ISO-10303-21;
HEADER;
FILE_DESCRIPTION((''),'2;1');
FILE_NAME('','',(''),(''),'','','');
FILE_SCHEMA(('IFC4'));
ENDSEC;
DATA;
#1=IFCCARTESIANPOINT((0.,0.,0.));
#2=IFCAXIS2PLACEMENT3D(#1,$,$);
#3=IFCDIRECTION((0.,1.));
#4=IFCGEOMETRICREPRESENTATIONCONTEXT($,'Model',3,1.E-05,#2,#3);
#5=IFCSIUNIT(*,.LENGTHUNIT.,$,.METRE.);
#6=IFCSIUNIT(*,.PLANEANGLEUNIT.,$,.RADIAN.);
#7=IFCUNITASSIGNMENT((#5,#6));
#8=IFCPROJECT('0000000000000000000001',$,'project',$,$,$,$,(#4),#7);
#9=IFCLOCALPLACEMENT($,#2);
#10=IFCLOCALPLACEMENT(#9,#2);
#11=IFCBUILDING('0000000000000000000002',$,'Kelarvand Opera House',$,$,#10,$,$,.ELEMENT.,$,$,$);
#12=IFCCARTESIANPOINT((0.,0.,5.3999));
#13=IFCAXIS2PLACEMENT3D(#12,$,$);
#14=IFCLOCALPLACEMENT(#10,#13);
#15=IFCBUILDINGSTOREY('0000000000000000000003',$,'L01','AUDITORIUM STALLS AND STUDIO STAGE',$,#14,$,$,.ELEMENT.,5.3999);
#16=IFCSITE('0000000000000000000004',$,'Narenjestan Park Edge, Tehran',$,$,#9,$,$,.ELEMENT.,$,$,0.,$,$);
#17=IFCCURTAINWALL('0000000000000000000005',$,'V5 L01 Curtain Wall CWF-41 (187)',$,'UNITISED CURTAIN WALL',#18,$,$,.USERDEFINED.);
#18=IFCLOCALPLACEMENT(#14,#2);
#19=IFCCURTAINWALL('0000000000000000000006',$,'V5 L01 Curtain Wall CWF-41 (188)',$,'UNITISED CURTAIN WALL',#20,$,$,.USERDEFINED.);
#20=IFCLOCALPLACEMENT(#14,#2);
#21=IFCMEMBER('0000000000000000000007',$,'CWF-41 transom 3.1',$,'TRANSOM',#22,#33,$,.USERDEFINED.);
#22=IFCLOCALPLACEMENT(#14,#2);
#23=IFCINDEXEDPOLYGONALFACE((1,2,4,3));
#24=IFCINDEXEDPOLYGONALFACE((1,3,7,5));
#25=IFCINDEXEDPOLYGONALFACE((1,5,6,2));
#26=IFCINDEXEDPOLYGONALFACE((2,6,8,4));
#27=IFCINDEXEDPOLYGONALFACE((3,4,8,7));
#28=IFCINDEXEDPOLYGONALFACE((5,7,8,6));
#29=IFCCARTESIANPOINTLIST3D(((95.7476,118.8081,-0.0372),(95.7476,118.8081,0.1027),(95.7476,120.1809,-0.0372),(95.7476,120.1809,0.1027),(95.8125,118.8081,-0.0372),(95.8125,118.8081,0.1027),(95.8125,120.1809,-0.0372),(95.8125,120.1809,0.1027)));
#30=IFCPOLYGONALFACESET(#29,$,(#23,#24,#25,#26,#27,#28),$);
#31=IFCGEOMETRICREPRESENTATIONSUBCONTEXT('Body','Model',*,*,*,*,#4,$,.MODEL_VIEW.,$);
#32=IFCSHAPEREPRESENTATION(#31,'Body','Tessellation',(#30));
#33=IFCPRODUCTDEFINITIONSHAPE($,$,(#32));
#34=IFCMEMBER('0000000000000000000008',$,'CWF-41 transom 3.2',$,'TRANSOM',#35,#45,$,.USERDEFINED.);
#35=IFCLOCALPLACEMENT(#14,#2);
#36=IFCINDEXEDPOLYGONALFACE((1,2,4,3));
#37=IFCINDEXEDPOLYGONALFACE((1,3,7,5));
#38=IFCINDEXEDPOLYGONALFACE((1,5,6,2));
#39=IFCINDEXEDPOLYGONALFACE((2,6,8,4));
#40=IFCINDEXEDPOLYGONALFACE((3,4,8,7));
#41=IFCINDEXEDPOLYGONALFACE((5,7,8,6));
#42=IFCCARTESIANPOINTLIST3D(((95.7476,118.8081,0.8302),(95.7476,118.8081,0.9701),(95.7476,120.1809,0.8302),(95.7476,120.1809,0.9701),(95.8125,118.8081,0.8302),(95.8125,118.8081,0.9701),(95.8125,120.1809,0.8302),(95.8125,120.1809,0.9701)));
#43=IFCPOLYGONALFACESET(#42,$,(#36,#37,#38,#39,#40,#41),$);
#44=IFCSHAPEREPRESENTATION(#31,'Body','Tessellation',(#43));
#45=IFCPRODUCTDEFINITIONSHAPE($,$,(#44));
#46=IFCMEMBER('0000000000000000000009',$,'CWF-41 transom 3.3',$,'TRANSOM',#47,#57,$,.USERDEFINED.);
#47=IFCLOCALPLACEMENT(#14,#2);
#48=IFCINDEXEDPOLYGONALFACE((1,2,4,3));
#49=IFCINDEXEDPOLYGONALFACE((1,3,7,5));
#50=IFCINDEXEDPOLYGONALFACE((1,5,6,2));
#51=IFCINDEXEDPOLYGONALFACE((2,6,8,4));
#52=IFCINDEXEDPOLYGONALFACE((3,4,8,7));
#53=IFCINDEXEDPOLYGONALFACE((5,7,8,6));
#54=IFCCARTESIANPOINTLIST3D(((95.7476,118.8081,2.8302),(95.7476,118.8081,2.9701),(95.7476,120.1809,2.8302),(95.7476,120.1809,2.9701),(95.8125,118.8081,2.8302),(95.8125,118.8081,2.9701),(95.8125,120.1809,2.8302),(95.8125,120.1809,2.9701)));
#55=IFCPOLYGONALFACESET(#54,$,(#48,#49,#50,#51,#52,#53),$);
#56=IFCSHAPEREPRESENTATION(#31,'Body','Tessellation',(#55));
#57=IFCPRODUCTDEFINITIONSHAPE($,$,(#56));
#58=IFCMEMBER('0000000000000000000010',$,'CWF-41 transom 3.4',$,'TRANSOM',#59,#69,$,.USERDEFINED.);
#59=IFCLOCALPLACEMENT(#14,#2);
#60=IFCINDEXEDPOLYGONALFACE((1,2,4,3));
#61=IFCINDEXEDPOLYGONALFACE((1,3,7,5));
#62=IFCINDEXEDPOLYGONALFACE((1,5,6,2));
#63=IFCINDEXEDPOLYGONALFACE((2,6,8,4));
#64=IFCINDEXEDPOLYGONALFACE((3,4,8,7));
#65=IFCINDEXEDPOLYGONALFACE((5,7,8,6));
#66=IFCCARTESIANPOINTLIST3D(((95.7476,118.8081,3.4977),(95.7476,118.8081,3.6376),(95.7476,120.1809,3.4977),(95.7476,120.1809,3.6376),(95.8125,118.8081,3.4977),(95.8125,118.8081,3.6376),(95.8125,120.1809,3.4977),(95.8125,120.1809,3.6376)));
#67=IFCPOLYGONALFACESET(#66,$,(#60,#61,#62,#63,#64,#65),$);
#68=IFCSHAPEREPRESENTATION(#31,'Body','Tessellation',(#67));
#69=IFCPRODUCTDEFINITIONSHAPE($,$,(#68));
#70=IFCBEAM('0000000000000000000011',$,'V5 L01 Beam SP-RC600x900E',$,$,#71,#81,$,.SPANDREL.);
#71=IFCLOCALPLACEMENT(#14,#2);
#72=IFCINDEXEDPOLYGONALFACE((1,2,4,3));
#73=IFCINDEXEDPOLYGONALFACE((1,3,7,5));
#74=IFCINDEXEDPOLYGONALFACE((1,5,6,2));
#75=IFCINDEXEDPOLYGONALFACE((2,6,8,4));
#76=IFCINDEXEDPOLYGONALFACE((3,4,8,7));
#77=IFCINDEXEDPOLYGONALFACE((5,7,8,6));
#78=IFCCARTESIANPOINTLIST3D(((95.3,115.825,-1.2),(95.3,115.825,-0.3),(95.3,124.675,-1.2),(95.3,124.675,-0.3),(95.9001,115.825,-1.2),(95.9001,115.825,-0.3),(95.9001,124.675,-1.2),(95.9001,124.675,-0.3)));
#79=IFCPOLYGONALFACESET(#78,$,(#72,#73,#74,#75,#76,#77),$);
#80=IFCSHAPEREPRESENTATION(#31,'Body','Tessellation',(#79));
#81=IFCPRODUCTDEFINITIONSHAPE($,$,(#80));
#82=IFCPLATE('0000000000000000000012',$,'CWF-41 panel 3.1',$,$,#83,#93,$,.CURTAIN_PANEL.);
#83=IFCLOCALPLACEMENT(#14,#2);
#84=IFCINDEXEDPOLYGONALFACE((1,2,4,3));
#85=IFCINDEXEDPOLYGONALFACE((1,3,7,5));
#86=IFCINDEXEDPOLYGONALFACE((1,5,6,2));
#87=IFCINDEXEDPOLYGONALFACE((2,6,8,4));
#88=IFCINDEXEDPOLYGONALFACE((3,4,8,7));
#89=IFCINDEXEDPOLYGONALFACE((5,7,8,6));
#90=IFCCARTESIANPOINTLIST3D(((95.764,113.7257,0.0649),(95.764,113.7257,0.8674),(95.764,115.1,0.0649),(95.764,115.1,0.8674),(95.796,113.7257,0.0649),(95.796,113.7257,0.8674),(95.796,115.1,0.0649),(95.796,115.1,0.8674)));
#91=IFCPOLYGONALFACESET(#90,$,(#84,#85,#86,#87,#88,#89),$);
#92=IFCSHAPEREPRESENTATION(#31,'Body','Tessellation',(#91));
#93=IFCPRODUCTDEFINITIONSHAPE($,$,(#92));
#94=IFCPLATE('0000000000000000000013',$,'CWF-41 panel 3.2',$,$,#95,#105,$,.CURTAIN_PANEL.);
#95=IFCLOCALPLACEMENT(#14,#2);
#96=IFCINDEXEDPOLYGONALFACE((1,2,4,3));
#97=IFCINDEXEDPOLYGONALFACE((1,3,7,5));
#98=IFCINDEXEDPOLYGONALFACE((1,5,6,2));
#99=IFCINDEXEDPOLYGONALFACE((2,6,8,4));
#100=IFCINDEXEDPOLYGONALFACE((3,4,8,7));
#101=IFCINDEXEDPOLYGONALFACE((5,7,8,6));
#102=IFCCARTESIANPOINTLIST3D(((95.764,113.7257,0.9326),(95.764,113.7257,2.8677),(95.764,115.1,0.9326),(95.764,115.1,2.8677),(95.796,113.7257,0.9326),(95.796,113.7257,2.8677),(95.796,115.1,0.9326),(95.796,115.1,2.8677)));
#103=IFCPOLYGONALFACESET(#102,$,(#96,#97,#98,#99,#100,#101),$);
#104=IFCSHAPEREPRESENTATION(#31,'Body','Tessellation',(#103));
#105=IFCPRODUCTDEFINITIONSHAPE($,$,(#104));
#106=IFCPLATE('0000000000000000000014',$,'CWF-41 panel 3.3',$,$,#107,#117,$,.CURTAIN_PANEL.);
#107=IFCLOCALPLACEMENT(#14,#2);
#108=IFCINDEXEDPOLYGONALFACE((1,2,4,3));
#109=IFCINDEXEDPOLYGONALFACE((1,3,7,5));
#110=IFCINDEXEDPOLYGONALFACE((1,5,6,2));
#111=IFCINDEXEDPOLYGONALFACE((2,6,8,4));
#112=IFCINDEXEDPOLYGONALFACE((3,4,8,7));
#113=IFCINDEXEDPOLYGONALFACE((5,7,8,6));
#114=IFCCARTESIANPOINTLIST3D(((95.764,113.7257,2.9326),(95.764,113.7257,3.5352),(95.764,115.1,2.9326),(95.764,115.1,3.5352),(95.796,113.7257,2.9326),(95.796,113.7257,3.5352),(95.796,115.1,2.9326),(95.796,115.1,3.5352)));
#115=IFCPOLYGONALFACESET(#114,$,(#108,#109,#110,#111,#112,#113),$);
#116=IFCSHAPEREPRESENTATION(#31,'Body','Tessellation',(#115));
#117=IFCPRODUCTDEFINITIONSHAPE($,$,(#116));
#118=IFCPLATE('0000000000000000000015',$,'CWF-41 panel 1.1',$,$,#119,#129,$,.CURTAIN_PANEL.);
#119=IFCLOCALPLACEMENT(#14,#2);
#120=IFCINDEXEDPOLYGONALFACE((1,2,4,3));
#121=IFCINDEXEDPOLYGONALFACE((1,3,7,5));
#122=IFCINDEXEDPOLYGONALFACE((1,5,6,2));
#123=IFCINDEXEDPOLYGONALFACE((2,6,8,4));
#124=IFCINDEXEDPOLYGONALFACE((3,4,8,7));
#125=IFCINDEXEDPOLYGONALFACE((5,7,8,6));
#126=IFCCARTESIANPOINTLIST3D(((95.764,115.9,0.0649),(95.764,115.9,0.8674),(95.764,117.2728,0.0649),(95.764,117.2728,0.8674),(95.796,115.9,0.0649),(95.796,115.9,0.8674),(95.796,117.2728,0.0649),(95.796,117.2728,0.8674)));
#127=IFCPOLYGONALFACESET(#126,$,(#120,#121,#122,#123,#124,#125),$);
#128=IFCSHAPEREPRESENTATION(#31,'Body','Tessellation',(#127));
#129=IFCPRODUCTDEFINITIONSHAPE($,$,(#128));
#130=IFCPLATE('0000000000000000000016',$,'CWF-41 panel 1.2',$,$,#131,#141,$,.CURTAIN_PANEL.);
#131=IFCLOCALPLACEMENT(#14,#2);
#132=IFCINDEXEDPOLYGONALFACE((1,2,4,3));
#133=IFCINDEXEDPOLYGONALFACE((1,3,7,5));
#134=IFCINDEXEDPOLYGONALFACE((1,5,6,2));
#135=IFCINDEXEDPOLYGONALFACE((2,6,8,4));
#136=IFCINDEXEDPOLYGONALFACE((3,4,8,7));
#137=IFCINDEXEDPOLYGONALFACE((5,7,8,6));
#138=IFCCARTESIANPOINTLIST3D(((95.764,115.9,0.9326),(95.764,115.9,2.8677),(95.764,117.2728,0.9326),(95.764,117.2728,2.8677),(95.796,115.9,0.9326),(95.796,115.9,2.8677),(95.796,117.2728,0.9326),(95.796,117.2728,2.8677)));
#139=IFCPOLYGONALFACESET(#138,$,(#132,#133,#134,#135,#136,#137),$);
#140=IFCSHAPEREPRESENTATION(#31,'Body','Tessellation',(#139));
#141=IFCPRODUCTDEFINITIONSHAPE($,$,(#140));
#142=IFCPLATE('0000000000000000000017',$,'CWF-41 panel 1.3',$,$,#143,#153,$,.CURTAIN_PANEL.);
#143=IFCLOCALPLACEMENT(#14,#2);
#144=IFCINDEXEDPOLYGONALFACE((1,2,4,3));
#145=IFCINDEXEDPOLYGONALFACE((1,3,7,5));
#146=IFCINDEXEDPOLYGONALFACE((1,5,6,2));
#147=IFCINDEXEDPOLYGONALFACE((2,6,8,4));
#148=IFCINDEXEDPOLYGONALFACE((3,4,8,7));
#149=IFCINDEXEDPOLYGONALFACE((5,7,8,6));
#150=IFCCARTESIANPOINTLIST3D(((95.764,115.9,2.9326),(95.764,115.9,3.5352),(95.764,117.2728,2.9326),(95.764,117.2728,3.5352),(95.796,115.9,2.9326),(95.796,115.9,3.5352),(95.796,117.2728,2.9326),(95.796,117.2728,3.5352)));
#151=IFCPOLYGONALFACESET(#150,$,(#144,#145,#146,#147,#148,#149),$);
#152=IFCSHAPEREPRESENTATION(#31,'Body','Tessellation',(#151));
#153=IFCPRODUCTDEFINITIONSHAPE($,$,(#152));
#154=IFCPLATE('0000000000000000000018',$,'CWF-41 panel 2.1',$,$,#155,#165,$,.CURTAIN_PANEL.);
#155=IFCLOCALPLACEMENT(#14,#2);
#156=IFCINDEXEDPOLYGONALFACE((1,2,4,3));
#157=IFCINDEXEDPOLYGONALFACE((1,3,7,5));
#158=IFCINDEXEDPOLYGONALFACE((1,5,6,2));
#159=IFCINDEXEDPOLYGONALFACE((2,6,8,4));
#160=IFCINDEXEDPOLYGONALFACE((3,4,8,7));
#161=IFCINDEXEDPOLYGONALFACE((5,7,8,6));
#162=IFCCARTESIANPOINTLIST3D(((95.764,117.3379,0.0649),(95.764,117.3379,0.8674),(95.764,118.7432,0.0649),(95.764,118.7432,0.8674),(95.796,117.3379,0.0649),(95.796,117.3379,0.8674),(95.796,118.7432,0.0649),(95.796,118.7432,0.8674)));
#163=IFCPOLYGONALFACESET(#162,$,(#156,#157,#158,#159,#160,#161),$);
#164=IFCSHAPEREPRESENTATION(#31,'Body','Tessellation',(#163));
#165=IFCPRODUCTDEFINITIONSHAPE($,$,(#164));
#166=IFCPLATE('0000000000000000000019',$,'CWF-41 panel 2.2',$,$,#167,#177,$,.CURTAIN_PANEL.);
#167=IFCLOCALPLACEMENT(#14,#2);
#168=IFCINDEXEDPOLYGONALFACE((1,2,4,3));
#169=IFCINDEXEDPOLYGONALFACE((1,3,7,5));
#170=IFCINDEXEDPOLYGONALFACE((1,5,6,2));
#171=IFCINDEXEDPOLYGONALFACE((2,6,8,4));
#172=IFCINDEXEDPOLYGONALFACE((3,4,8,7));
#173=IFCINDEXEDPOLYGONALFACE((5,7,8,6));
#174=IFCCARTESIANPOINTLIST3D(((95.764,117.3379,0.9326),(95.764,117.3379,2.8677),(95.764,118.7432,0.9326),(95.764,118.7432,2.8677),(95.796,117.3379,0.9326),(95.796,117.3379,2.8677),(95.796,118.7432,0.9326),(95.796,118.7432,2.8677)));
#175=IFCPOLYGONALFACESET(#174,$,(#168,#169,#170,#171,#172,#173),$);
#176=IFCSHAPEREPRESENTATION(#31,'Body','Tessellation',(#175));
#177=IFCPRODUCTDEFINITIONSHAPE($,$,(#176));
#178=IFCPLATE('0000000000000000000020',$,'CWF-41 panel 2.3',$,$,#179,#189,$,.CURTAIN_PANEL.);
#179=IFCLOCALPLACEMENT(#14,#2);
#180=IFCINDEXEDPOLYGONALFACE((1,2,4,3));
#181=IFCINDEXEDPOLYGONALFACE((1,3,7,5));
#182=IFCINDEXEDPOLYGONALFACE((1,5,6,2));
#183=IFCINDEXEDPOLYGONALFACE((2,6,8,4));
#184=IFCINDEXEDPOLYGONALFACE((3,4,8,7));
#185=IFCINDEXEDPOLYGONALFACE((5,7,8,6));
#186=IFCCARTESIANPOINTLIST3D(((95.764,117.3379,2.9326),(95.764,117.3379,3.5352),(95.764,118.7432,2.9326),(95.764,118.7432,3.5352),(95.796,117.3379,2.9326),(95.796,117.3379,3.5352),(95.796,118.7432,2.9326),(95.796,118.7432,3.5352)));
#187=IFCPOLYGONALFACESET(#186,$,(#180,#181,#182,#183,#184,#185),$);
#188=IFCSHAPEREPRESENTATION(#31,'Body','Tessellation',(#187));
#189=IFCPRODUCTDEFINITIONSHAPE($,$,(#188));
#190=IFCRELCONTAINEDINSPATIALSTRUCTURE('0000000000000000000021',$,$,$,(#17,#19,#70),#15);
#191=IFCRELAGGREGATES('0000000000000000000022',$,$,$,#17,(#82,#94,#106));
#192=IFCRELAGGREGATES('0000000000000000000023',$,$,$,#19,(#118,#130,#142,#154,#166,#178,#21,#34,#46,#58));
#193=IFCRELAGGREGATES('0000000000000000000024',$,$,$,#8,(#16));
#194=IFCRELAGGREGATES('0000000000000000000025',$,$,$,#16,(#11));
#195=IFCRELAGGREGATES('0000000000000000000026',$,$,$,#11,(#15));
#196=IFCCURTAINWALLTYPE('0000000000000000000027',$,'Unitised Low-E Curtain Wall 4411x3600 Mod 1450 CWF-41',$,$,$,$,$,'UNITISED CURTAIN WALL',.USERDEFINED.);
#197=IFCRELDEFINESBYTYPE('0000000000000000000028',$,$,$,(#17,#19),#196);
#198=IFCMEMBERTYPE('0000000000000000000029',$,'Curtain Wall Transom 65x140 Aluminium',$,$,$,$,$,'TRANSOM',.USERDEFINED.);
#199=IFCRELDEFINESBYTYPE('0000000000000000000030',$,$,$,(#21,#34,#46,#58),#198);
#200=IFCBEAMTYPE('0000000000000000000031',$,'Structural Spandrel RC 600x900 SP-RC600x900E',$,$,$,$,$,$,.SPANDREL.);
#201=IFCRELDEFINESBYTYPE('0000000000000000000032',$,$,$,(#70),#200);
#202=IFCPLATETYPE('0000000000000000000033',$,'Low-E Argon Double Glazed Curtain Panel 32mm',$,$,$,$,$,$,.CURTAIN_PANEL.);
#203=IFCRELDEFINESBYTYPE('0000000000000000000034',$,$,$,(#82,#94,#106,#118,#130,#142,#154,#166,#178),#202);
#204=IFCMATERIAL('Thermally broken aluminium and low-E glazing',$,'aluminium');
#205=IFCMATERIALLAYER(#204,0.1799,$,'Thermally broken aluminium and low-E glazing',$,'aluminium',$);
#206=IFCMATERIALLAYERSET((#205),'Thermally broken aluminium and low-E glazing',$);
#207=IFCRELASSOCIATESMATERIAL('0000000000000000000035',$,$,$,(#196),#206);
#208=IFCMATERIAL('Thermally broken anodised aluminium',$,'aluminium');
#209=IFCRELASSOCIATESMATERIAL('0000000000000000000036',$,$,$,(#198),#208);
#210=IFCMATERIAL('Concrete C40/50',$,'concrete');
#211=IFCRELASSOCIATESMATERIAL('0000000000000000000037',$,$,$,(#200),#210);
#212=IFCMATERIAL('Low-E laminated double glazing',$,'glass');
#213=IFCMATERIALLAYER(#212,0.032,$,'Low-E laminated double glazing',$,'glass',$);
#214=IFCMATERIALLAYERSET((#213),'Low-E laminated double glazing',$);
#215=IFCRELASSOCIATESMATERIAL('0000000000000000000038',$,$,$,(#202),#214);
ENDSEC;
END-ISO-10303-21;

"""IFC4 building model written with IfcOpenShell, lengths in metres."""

from ifc_helpers import new_model, si_unit, direction, frame, origin, origin_2d, place, context, subcontext, project, spatial, rectangle, extrude, material, layer, layer_set, material_profile, profile_set, type_object, element, aggregate, save


model = new_model("IFC4")

# Units and contexts
model_context = context("Model", 3, precision=1e-05, world=origin(), true_north=direction((0.0, 1.0)))
body_context = subcontext(model_context, "Body", "Model", "MODEL_VIEW")
ifc_project = project(units=[si_unit("LENGTHUNIT", "METRE"), si_unit("PLANEANGLEUNIT", "RADIAN")], contexts=[model_context])

# Site, building, storey
site_placement = place(None, origin())
site = spatial("IfcSite", under=ifc_project, at=site_placement, Name="Narenjestan Park Edge, Tehran", CompositionType="ELEMENT", RefElevation=0.0)
building_placement = place(site_placement, origin())
building = spatial("IfcBuilding", under=site, at=building_placement, Name="Kelarvand Opera House", CompositionType="ELEMENT")
storey_placement = place(building_placement, frame((0.0, 0.0, 5.3999)))
storey = spatial("IfcBuildingStorey", under=building, at=storey_placement, Name="L01", Description="AUDITORIUM STALLS AND STUDIO STAGE", CompositionType="ELEMENT", Elevation=5.3999)

# Shared definitions
ifc_material_1 = material(Name="Concrete C40/50", Category="concrete")

# Curtain wall
ifc_material_2 = material(Name="Thermally broken aluminium and low-E glazing", Category="aluminium")
ifc_layer_1 = layer(ifc_material_2, 0.1799, Name="Thermally broken aluminium and low-E glazing", Category="aluminium")
ifc_layer_set_1 = layer_set([ifc_layer_1], Name="Thermally broken aluminium and low-E glazing")
curtain_wall_type = type_object("IfcCurtainWallType", Name="Unitised Low-E Curtain Wall 4411x3600 Mod 1450 CWF-41", ElementType="UNITISED CURTAIN WALL", PredefinedType="USERDEFINED", material=ifc_layer_set_1)
curtain_wall_1_placement = place(storey_placement, origin())
curtain_wall_1 = element("IfcCurtainWall", 1, at=curtain_wall_1_placement, inside=storey, type_object=curtain_wall_type, Name="V5 L01 Curtain Wall CWF-41 (187)", ObjectType="UNITISED CURTAIN WALL", PredefinedType="USERDEFINED")
ifc_material_3 = material(Name="Thermally broken anodised aluminium", Category="aluminium")

# Curtain wall
curtain_wall_2_placement = place(storey_placement, origin())
curtain_wall_2 = element("IfcCurtainWall", 2, at=curtain_wall_2_placement, inside=storey, type_object=curtain_wall_type, Name="V5 L01 Curtain Wall CWF-41 (188)", ObjectType="UNITISED CURTAIN WALL", PredefinedType="USERDEFINED")

# Members
ifc_material_profile_1 = material_profile(ifc_material_3, rectangle(XDim=0.0649, YDim=0.1399, at=origin_2d()), Name="ALU TRANSOM 65x140", Category="aluminium")
ifc_profile_set_1 = profile_set([ifc_material_profile_1], Name="Thermally broken anodised aluminium")
member_type_1 = type_object("IfcMemberType", Name="Curtain Wall Transom 65x140 Aluminium", ElementType="TRANSOM", PredefinedType="USERDEFINED", material=ifc_profile_set_1)
member_1_placement = place(storey_placement, frame((95.78, 118.8081, 0.0327), z_axis=(0.0, 1.0, 0.0), x_axis=(-1.0, 0.0, 0.0)))
member_1 = element("IfcMember", 3, at=member_1_placement, type_object=member_type_1, Name="CWF-41 transom 3.1", ObjectType="TRANSOM", PredefinedType="USERDEFINED", context=body_context, shape_type="SweptSolid", body=[
    extrude(rectangle(XDim=0.0649, YDim=0.1399, at=origin_2d()), origin(), (0.0, 0.0, 1.0), 1.3728),
])
member_2_placement = place(storey_placement, frame((95.78, 118.8081, 0.9001), z_axis=(0.0, 1.0, 0.0), x_axis=(-1.0, 0.0, 0.0)))
member_2 = element("IfcMember", 4, at=member_2_placement, type_object=member_type_1, Name="CWF-41 transom 3.2", ObjectType="TRANSOM", PredefinedType="USERDEFINED", context=body_context, shape_type="SweptSolid", body=[
    extrude(rectangle(XDim=0.0649, YDim=0.1399, at=origin_2d()), origin(), (0.0, 0.0, 1.0), 1.3728),
])
member_3_placement = place(storey_placement, frame((95.78, 118.8081, 2.9001), z_axis=(0.0, 1.0, 0.0), x_axis=(-1.0, 0.0, 0.0)))
member_3 = element("IfcMember", 5, at=member_3_placement, type_object=member_type_1, Name="CWF-41 transom 3.3", ObjectType="TRANSOM", PredefinedType="USERDEFINED", context=body_context, shape_type="SweptSolid", body=[
    extrude(rectangle(XDim=0.0649, YDim=0.1399, at=origin_2d()), origin(), (0.0, 0.0, 1.0), 1.3728),
])
member_4_placement = place(storey_placement, frame((95.78, 118.8081, 3.5676), z_axis=(0.0, 1.0, 0.0), x_axis=(-1.0, 0.0, 0.0)))
member_4 = element("IfcMember", 6, at=member_4_placement, type_object=member_type_1, Name="CWF-41 transom 3.4", ObjectType="TRANSOM", PredefinedType="USERDEFINED", context=body_context, shape_type="SweptSolid", body=[
    extrude(rectangle(XDim=0.0649, YDim=0.1399, at=origin_2d()), origin(), (0.0, 0.0, 1.0), 1.3728),
])

# Beam
ifc_material_profile_2 = material_profile(ifc_material_1, rectangle(XDim=0.6001, YDim=0.8999, at=origin_2d()), Name="RC 600x900", Category="concrete")
ifc_profile_set_2 = profile_set([ifc_material_profile_2], Name="Concrete C40/50")
beam_type = type_object("IfcBeamType", Name="Structural Spandrel RC 600x900 SP-RC600x900E", PredefinedType="SPANDREL", material=ifc_profile_set_2)
beam_placement = place(storey_placement, frame((95.6001, 115.825, -0.75), z_axis=(0.0, 1.0, 0.0), x_axis=(-1.0, 0.0, 0.0)))
element("IfcBeam", 7, at=beam_placement, inside=storey, type_object=beam_type, Name="V5 L01 Beam SP-RC600x900E", PredefinedType="SPANDREL", context=body_context, shape_type="SweptSolid", body=[
    extrude(rectangle(XDim=0.6001, YDim=0.8999, at=origin_2d()), origin(), (0.0, 0.0, 1.0), 8.8501),
])

# Plates
ifc_material_4 = material(Name="Low-E laminated double glazing", Category="glass")
ifc_layer_2 = layer(ifc_material_4, 0.032, Name="Low-E laminated double glazing", Category="glass")
ifc_layer_set_2 = layer_set([ifc_layer_2], Name="Low-E laminated double glazing")
plate_type = type_object("IfcPlateType", Name="Low-E Argon Double Glazed Curtain Panel 32mm", PredefinedType="CURTAIN_PANEL", material=ifc_layer_set_2)
plate_1_placement = place(storey_placement, frame((95.78, 114.4128, 0.0649), z_axis=(0.0, 0.0, 1.0), x_axis=(0.0, 1.0, 0.0)))
plate_1 = element("IfcPlate", 8, at=plate_1_placement, type_object=plate_type, Name="CWF-41 panel 3.1", PredefinedType="CURTAIN_PANEL", context=body_context, shape_type="SweptSolid", body=[
    extrude(rectangle(XDim=1.3743, YDim=0.032, at=origin_2d()), origin(), (0.0, 0.0, 1.0), 0.8025),
])
plate_2_placement = place(storey_placement, frame((95.78, 114.4128, 0.9326), z_axis=(0.0, 0.0, 1.0), x_axis=(0.0, 1.0, 0.0)))
plate_2 = element("IfcPlate", 9, at=plate_2_placement, type_object=plate_type, Name="CWF-41 panel 3.2", PredefinedType="CURTAIN_PANEL", context=body_context, shape_type="SweptSolid", body=[
    extrude(rectangle(XDim=1.3743, YDim=0.032, at=origin_2d()), origin(), (0.0, 0.0, 1.0), 1.9351),
])
plate_3_placement = place(storey_placement, frame((95.78, 114.4128, 2.9326), z_axis=(0.0, 0.0, 1.0), x_axis=(0.0, 1.0, 0.0)))
plate_3 = element("IfcPlate", 10, at=plate_3_placement, type_object=plate_type, Name="CWF-41 panel 3.3", PredefinedType="CURTAIN_PANEL", context=body_context, shape_type="SweptSolid", body=[
    extrude(rectangle(XDim=1.3743, YDim=0.032, at=origin_2d()), origin(), (0.0, 0.0, 1.0), 0.6025),
])
aggregate(curtain_wall_1, [plate_1, plate_2, plate_3])
plate_4_placement = place(storey_placement, frame((95.78, 116.5864, 0.0649), z_axis=(0.0, 0.0, 1.0), x_axis=(0.0, 1.0, 0.0)))
plate_4 = element("IfcPlate", 11, at=plate_4_placement, type_object=plate_type, Name="CWF-41 panel 1.1", PredefinedType="CURTAIN_PANEL", context=body_context, shape_type="SweptSolid", body=[
    extrude(rectangle(XDim=1.3728, YDim=0.032, at=origin_2d()), origin(), (0.0, 0.0, 1.0), 0.8025),
])
plate_5_placement = place(storey_placement, frame((95.78, 116.5864, 0.9326), z_axis=(0.0, 0.0, 1.0), x_axis=(0.0, 1.0, 0.0)))
plate_5 = element("IfcPlate", 12, at=plate_5_placement, type_object=plate_type, Name="CWF-41 panel 1.2", PredefinedType="CURTAIN_PANEL", context=body_context, shape_type="SweptSolid", body=[
    extrude(rectangle(XDim=1.3728, YDim=0.032, at=origin_2d()), origin(), (0.0, 0.0, 1.0), 1.9351),
])
plate_6_placement = place(storey_placement, frame((95.78, 116.5864, 2.9326), z_axis=(0.0, 0.0, 1.0), x_axis=(0.0, 1.0, 0.0)))
plate_6 = element("IfcPlate", 13, at=plate_6_placement, type_object=plate_type, Name="CWF-41 panel 1.3", PredefinedType="CURTAIN_PANEL", context=body_context, shape_type="SweptSolid", body=[
    extrude(rectangle(XDim=1.3728, YDim=0.032, at=origin_2d()), origin(), (0.0, 0.0, 1.0), 0.6025),
])
plate_7_placement = place(storey_placement, frame((95.78, 118.0405, 0.0649), z_axis=(0.0, 0.0, 1.0), x_axis=(0.0, 1.0, 0.0)))
plate_7 = element("IfcPlate", 14, at=plate_7_placement, type_object=plate_type, Name="CWF-41 panel 2.1", PredefinedType="CURTAIN_PANEL", context=body_context, shape_type="SweptSolid", body=[
    extrude(rectangle(XDim=1.4053, YDim=0.032, at=origin_2d()), origin(), (0.0, 0.0, 1.0), 0.8025),
])
plate_8_placement = place(storey_placement, frame((95.78, 118.0405, 0.9326), z_axis=(0.0, 0.0, 1.0), x_axis=(0.0, 1.0, 0.0)))
plate_8 = element("IfcPlate", 15, at=plate_8_placement, type_object=plate_type, Name="CWF-41 panel 2.2", PredefinedType="CURTAIN_PANEL", context=body_context, shape_type="SweptSolid", body=[
    extrude(rectangle(XDim=1.4053, YDim=0.032, at=origin_2d()), origin(), (0.0, 0.0, 1.0), 1.9351),
])
plate_9_placement = place(storey_placement, frame((95.78, 118.0405, 2.9326), z_axis=(0.0, 0.0, 1.0), x_axis=(0.0, 1.0, 0.0)))
plate_9 = element("IfcPlate", 16, at=plate_9_placement, type_object=plate_type, Name="CWF-41 panel 2.3", PredefinedType="CURTAIN_PANEL", context=body_context, shape_type="SweptSolid", body=[
    extrude(rectangle(XDim=1.4053, YDim=0.032, at=origin_2d()), origin(), (0.0, 0.0, 1.0), 0.6025),
])
aggregate(curtain_wall_2, [plate_4, plate_5, plate_6, plate_7, plate_8, plate_9, member_1, member_2, member_3, member_4])

save(model, "model.ifc")
